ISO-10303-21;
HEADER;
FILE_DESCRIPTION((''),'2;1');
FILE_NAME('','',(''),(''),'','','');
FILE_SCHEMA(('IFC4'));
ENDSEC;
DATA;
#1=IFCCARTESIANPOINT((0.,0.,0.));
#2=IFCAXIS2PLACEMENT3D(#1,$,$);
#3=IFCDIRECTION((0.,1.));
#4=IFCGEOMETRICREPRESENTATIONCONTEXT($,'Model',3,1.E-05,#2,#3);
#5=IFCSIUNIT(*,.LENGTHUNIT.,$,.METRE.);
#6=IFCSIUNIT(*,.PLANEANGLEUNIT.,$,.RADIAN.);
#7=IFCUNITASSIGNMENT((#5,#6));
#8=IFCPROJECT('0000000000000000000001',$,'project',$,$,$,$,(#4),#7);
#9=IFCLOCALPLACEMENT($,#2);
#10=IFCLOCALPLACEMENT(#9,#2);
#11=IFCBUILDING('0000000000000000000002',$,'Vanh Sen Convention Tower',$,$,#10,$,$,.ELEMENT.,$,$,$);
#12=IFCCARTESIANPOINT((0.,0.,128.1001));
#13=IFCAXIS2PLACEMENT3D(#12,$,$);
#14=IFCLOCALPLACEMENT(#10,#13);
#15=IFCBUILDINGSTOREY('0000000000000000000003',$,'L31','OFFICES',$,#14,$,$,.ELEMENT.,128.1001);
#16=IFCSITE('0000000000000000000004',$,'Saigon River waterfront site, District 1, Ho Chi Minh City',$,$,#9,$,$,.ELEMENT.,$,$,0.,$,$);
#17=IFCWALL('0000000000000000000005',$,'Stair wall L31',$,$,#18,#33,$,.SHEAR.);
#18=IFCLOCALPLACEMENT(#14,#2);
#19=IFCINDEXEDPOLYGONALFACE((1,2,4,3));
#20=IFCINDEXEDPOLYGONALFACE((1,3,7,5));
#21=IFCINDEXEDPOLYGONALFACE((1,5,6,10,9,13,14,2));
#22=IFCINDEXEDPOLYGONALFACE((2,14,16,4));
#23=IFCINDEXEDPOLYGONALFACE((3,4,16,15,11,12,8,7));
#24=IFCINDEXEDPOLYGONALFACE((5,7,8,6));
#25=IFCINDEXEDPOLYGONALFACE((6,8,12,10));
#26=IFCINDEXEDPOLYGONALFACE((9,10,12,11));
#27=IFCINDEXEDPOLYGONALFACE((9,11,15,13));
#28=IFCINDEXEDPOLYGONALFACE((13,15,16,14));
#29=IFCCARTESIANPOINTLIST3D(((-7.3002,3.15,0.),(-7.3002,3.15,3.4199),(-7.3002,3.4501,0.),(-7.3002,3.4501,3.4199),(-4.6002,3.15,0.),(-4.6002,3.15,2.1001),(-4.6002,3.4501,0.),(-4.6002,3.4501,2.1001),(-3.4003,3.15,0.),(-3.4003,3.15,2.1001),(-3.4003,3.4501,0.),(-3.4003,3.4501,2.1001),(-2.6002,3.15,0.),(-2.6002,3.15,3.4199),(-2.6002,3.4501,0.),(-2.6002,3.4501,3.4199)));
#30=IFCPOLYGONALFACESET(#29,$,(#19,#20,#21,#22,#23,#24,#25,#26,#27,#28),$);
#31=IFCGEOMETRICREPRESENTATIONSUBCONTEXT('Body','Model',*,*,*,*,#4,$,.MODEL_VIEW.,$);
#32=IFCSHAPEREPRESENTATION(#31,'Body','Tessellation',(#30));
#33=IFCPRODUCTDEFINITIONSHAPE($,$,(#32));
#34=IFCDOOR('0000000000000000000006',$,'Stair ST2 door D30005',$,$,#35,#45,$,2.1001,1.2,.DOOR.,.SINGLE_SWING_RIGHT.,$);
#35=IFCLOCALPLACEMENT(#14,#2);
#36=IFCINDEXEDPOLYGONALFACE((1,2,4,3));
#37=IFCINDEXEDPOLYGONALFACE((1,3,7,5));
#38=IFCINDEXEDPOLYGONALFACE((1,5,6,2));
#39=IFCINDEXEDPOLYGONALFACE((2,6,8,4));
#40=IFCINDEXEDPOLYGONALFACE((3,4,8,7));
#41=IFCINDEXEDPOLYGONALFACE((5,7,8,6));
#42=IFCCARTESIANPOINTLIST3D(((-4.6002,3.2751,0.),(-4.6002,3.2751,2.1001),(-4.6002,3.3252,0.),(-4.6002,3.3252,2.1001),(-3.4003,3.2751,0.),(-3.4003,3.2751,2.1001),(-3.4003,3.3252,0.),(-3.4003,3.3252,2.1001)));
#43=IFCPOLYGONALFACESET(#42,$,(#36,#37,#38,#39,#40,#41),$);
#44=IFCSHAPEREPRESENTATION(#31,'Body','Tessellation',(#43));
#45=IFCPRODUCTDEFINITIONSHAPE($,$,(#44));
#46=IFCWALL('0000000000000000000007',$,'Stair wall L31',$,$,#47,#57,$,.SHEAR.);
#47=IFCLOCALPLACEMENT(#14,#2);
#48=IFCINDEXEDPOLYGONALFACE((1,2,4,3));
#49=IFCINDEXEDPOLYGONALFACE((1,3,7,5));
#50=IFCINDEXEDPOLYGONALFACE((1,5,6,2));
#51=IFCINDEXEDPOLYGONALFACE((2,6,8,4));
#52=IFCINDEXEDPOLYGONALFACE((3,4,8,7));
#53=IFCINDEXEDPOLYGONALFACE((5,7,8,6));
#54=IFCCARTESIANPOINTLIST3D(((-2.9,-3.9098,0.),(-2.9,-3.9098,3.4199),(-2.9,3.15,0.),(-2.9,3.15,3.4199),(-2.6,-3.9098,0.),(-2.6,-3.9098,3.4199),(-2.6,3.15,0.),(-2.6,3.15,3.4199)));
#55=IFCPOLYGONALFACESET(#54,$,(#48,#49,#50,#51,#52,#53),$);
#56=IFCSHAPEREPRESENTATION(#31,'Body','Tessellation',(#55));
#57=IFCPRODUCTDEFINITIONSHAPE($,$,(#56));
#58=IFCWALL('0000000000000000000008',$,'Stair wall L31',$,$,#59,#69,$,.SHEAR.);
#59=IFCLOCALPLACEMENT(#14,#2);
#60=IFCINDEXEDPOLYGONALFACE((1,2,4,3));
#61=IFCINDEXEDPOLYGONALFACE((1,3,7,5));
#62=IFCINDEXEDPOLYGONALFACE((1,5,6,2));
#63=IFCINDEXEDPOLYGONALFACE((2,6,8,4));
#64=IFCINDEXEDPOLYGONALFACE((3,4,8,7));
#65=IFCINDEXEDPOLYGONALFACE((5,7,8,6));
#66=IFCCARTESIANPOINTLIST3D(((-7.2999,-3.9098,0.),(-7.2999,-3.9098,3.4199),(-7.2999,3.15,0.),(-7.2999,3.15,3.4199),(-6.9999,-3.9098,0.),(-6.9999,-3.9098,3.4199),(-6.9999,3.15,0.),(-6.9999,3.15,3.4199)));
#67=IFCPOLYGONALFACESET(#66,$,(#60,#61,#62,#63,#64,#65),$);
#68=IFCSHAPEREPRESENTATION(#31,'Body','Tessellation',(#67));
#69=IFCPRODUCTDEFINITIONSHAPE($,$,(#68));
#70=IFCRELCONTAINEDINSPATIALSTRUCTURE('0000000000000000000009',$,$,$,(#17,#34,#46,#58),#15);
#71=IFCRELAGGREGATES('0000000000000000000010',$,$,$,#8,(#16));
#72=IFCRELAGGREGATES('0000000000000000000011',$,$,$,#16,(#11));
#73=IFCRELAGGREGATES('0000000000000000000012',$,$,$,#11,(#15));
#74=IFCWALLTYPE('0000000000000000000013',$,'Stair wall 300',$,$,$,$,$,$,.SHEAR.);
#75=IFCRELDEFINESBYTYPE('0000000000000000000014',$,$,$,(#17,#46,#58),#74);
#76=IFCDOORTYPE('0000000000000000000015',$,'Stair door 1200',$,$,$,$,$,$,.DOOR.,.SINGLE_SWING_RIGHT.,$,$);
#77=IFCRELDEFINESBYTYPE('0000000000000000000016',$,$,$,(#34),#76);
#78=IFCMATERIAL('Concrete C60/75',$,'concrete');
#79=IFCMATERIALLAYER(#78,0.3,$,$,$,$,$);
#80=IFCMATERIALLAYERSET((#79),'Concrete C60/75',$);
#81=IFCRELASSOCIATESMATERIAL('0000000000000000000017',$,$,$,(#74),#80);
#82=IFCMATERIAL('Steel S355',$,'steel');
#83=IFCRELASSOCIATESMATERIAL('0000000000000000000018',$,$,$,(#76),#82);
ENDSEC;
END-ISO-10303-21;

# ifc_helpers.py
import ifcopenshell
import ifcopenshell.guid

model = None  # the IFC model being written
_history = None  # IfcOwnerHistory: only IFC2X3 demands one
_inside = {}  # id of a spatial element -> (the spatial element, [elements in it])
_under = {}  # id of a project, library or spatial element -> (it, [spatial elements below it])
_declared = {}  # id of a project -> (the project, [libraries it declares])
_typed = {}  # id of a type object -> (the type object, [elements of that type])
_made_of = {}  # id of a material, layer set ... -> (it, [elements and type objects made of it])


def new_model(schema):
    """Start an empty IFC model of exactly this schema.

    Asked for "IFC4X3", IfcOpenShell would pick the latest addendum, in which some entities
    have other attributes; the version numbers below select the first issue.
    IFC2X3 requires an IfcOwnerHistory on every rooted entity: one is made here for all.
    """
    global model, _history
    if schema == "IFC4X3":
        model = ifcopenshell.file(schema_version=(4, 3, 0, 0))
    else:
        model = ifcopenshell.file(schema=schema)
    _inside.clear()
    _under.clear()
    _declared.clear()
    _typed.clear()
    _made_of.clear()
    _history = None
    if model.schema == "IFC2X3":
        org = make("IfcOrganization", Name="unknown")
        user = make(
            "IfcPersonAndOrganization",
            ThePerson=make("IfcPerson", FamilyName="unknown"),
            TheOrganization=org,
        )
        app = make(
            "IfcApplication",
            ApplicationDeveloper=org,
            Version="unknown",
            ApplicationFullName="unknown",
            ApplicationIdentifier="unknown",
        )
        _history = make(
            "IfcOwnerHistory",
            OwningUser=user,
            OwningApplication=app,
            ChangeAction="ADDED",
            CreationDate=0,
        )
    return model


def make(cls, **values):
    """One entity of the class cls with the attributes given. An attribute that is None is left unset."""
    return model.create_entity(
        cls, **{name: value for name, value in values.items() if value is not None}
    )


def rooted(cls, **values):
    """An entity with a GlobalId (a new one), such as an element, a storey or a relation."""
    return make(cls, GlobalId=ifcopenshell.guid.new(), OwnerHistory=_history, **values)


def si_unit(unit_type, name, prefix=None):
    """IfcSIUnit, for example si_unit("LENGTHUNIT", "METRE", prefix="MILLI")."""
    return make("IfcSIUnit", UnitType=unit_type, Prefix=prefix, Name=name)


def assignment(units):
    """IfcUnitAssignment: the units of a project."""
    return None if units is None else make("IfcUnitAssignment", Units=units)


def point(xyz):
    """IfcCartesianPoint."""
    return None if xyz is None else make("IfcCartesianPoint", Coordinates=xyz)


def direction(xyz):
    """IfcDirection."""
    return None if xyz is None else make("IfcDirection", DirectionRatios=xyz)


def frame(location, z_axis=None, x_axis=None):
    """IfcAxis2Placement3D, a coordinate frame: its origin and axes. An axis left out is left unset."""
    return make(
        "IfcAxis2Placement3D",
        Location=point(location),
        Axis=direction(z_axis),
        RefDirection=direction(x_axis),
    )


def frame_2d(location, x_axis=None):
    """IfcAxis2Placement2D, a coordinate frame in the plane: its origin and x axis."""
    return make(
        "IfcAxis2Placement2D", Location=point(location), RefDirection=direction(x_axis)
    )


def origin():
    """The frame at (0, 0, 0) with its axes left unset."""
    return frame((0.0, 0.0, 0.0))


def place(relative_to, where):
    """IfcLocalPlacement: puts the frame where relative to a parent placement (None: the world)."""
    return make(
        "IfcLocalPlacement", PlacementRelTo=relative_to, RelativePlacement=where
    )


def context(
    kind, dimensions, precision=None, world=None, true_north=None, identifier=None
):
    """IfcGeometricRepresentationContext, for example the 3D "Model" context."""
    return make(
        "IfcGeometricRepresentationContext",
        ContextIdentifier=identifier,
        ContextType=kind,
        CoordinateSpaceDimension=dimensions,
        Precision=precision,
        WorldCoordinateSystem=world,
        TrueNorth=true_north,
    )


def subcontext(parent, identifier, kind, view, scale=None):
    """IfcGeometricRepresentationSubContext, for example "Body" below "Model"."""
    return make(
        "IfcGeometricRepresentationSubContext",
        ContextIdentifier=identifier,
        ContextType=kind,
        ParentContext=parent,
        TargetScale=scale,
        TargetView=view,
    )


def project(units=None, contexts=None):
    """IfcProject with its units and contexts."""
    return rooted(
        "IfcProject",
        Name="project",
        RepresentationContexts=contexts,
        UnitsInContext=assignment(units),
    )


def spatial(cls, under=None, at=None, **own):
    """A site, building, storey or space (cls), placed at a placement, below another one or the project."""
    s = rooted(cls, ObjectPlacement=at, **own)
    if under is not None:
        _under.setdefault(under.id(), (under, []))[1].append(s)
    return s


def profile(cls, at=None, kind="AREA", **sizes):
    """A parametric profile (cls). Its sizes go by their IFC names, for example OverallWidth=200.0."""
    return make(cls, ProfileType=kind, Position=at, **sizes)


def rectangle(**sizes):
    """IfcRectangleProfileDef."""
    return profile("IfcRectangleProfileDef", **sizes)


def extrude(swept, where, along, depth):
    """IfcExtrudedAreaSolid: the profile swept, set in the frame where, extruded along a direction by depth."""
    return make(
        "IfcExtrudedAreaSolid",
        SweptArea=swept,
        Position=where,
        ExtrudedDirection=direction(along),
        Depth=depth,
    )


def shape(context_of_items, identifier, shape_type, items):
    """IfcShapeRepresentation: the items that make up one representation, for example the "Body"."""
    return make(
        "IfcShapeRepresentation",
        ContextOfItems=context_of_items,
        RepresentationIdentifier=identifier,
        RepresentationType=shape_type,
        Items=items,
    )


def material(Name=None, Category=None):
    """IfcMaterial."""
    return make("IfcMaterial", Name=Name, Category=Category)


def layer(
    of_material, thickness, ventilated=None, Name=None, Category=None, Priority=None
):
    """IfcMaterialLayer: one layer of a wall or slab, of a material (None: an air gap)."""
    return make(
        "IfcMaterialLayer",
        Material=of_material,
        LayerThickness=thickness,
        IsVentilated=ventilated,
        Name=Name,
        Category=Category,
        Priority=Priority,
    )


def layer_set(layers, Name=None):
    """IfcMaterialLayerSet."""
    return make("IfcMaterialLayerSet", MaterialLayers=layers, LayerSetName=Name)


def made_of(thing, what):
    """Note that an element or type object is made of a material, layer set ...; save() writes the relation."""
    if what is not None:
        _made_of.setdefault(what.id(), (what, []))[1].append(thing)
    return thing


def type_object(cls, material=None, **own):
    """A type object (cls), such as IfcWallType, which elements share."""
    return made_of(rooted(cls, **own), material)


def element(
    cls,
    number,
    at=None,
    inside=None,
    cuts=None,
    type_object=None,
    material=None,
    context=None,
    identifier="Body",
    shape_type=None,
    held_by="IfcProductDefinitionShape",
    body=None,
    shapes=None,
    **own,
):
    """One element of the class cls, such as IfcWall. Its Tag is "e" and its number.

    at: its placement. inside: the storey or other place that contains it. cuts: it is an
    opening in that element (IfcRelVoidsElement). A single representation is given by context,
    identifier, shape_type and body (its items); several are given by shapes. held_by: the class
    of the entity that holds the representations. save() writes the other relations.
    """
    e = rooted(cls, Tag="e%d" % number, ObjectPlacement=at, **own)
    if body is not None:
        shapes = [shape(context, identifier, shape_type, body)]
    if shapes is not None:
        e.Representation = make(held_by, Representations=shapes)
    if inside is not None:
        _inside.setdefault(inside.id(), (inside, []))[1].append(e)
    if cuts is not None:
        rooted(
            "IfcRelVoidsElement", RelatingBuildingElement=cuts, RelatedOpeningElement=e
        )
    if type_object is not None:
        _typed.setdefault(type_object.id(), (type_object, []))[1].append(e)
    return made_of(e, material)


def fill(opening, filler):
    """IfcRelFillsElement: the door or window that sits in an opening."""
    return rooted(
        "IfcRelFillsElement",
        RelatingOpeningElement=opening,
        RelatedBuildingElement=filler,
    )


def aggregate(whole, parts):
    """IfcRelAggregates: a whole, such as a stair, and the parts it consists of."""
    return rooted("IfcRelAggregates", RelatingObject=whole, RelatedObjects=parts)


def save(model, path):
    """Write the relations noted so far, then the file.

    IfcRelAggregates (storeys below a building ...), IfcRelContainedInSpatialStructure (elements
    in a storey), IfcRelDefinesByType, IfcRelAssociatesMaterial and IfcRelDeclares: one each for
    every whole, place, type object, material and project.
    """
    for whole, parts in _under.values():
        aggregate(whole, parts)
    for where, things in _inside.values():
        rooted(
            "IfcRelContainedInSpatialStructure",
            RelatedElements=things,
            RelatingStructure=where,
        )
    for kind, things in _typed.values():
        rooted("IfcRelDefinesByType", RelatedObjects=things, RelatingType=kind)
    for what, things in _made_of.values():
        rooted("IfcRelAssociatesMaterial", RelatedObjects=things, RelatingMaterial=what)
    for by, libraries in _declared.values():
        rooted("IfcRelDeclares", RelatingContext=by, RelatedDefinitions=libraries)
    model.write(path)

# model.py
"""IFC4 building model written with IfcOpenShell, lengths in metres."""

from ifc_helpers import new_model, si_unit, direction, frame, frame_2d, origin, place, context, subcontext, project, spatial, rectangle, extrude, material, layer, layer_set, type_object, element, fill, save


model = new_model("IFC4")

# Units and contexts
model_context = context("Model", 3, precision=1e-05, world=origin(), true_north=direction((0.0, 1.0)))
body_context = subcontext(model_context, "Body", "Model", "MODEL_VIEW")
ifc_project = project(units=[si_unit("LENGTHUNIT", "METRE"), si_unit("PLANEANGLEUNIT", "RADIAN")], contexts=[model_context])

# Site, building, storey
site_placement = place(None, origin())
site = spatial("IfcSite", under=ifc_project, at=site_placement, Name="Saigon River waterfront site, District 1, Ho Chi Minh City", CompositionType="ELEMENT", RefElevation=0.0)
building_placement = place(site_placement, origin())
building = spatial("IfcBuilding", under=site, at=building_placement, Name="Vanh Sen Convention Tower", CompositionType="ELEMENT")
storey_placement = place(building_placement, frame((0.0, 0.0, 128.1001)))
storey = spatial("IfcBuildingStorey", under=building, at=storey_placement, Name="L31", Description="OFFICES", CompositionType="ELEMENT", Elevation=128.1001)

# Shared definitions
ifc_material_1 = material(Name="Steel S355", Category="steel")
ifc_material_2 = material(Name="Concrete C60/75", Category="concrete")

# Shared definitions
ifc_layer_1 = layer(ifc_material_2, 0.3)
ifc_layer_set_1 = layer_set([ifc_layer_1], Name="Concrete C60/75")
wall_type_1 = type_object("IfcWallType", Name="Stair wall 300", PredefinedType="SHEAR", material=ifc_layer_set_1)

# Wall, opening, door
wall_1_placement = place(storey_placement, frame((-2.6001, 3.3, 0.0), z_axis=(0.0, 0.0, 1.0), x_axis=(-1.0, 0.0, 0.0)))
wall_1 = element("IfcWall", 1, at=wall_1_placement, inside=storey, type_object=wall_type_1, Name="Stair wall L31", PredefinedType="SHEAR", context=body_context, shape_type="SweptSolid", body=[
    extrude(rectangle(XDim=4.7, YDim=0.3, at=frame_2d((2.3501, 0.0))), origin(), (0.0, 0.0, 1.0), 3.4199),
])
opening_1_placement = place(wall_1_placement, frame((0.8, 0.0, 0.0)))
opening_1 = element("IfcOpeningElement", 2, at=opening_1_placement, cuts=wall_1, PredefinedType="OPENING", context=body_context, shape_type="SweptSolid", body=[
    extrude(rectangle(XDim=1.2, YDim=2.1001, at=frame_2d((0.6001, 1.05))), frame((0.0, 0.1599, 0.0), z_axis=(0.0, -1.0, 0.0), x_axis=(1.0, 0.0, 0.0)), (0.0, 0.0, 1.0), 0.3201),
])
door_type_1 = type_object("IfcDoorType", Name="Stair door 1200", OperationType="SINGLE_SWING_RIGHT", PredefinedType="DOOR", material=ifc_material_1)
door_1_placement = place(opening_1_placement, origin())
door_1 = element("IfcDoor", 3, at=door_1_placement, inside=storey, type_object=door_type_1, Name="Stair ST2 door D30005", OperationType="SINGLE_SWING_RIGHT", OverallHeight=2.1001, OverallWidth=1.2, PredefinedType="DOOR", context=body_context, shape_type="SweptSolid", body=[
    extrude(rectangle(XDim=1.2, YDim=2.1001, at=frame_2d((0.6001, 1.05))), frame((0.0, 0.0249, 0.0), z_axis=(0.0, -1.0, 0.0), x_axis=(1.0, 0.0, 0.0)), (0.0, 0.0, 1.0), 0.05),
])
fill(opening_1, door_1)

# Walls
for number, where, z_axis, x_axis, name in (
    (4, (-2.75, 3.1499, 0.0), (0.0, 0.0, 1.0), (0.0, -1.0, 0.0), "Stair wall L31"),
    (5, (-7.1499, 3.1499, 0.0), (0.0, 0.0, 1.0), (0.0, -1.0, 0.0), "Stair wall L31"),
):
    element("IfcWall", number, at=place(storey_placement, frame(where, z_axis=z_axis, x_axis=x_axis)), inside=storey, type_object=wall_type_1, Name=name, PredefinedType="SHEAR", context=body_context, shape_type="SweptSolid", body=[
        extrude(rectangle(XDim=7.0598, YDim=0.3, at=frame_2d((3.5298, 0.0))), origin(), (0.0, 0.0, 1.0), 3.4199),
    ])

save(model, "model.ifc")
